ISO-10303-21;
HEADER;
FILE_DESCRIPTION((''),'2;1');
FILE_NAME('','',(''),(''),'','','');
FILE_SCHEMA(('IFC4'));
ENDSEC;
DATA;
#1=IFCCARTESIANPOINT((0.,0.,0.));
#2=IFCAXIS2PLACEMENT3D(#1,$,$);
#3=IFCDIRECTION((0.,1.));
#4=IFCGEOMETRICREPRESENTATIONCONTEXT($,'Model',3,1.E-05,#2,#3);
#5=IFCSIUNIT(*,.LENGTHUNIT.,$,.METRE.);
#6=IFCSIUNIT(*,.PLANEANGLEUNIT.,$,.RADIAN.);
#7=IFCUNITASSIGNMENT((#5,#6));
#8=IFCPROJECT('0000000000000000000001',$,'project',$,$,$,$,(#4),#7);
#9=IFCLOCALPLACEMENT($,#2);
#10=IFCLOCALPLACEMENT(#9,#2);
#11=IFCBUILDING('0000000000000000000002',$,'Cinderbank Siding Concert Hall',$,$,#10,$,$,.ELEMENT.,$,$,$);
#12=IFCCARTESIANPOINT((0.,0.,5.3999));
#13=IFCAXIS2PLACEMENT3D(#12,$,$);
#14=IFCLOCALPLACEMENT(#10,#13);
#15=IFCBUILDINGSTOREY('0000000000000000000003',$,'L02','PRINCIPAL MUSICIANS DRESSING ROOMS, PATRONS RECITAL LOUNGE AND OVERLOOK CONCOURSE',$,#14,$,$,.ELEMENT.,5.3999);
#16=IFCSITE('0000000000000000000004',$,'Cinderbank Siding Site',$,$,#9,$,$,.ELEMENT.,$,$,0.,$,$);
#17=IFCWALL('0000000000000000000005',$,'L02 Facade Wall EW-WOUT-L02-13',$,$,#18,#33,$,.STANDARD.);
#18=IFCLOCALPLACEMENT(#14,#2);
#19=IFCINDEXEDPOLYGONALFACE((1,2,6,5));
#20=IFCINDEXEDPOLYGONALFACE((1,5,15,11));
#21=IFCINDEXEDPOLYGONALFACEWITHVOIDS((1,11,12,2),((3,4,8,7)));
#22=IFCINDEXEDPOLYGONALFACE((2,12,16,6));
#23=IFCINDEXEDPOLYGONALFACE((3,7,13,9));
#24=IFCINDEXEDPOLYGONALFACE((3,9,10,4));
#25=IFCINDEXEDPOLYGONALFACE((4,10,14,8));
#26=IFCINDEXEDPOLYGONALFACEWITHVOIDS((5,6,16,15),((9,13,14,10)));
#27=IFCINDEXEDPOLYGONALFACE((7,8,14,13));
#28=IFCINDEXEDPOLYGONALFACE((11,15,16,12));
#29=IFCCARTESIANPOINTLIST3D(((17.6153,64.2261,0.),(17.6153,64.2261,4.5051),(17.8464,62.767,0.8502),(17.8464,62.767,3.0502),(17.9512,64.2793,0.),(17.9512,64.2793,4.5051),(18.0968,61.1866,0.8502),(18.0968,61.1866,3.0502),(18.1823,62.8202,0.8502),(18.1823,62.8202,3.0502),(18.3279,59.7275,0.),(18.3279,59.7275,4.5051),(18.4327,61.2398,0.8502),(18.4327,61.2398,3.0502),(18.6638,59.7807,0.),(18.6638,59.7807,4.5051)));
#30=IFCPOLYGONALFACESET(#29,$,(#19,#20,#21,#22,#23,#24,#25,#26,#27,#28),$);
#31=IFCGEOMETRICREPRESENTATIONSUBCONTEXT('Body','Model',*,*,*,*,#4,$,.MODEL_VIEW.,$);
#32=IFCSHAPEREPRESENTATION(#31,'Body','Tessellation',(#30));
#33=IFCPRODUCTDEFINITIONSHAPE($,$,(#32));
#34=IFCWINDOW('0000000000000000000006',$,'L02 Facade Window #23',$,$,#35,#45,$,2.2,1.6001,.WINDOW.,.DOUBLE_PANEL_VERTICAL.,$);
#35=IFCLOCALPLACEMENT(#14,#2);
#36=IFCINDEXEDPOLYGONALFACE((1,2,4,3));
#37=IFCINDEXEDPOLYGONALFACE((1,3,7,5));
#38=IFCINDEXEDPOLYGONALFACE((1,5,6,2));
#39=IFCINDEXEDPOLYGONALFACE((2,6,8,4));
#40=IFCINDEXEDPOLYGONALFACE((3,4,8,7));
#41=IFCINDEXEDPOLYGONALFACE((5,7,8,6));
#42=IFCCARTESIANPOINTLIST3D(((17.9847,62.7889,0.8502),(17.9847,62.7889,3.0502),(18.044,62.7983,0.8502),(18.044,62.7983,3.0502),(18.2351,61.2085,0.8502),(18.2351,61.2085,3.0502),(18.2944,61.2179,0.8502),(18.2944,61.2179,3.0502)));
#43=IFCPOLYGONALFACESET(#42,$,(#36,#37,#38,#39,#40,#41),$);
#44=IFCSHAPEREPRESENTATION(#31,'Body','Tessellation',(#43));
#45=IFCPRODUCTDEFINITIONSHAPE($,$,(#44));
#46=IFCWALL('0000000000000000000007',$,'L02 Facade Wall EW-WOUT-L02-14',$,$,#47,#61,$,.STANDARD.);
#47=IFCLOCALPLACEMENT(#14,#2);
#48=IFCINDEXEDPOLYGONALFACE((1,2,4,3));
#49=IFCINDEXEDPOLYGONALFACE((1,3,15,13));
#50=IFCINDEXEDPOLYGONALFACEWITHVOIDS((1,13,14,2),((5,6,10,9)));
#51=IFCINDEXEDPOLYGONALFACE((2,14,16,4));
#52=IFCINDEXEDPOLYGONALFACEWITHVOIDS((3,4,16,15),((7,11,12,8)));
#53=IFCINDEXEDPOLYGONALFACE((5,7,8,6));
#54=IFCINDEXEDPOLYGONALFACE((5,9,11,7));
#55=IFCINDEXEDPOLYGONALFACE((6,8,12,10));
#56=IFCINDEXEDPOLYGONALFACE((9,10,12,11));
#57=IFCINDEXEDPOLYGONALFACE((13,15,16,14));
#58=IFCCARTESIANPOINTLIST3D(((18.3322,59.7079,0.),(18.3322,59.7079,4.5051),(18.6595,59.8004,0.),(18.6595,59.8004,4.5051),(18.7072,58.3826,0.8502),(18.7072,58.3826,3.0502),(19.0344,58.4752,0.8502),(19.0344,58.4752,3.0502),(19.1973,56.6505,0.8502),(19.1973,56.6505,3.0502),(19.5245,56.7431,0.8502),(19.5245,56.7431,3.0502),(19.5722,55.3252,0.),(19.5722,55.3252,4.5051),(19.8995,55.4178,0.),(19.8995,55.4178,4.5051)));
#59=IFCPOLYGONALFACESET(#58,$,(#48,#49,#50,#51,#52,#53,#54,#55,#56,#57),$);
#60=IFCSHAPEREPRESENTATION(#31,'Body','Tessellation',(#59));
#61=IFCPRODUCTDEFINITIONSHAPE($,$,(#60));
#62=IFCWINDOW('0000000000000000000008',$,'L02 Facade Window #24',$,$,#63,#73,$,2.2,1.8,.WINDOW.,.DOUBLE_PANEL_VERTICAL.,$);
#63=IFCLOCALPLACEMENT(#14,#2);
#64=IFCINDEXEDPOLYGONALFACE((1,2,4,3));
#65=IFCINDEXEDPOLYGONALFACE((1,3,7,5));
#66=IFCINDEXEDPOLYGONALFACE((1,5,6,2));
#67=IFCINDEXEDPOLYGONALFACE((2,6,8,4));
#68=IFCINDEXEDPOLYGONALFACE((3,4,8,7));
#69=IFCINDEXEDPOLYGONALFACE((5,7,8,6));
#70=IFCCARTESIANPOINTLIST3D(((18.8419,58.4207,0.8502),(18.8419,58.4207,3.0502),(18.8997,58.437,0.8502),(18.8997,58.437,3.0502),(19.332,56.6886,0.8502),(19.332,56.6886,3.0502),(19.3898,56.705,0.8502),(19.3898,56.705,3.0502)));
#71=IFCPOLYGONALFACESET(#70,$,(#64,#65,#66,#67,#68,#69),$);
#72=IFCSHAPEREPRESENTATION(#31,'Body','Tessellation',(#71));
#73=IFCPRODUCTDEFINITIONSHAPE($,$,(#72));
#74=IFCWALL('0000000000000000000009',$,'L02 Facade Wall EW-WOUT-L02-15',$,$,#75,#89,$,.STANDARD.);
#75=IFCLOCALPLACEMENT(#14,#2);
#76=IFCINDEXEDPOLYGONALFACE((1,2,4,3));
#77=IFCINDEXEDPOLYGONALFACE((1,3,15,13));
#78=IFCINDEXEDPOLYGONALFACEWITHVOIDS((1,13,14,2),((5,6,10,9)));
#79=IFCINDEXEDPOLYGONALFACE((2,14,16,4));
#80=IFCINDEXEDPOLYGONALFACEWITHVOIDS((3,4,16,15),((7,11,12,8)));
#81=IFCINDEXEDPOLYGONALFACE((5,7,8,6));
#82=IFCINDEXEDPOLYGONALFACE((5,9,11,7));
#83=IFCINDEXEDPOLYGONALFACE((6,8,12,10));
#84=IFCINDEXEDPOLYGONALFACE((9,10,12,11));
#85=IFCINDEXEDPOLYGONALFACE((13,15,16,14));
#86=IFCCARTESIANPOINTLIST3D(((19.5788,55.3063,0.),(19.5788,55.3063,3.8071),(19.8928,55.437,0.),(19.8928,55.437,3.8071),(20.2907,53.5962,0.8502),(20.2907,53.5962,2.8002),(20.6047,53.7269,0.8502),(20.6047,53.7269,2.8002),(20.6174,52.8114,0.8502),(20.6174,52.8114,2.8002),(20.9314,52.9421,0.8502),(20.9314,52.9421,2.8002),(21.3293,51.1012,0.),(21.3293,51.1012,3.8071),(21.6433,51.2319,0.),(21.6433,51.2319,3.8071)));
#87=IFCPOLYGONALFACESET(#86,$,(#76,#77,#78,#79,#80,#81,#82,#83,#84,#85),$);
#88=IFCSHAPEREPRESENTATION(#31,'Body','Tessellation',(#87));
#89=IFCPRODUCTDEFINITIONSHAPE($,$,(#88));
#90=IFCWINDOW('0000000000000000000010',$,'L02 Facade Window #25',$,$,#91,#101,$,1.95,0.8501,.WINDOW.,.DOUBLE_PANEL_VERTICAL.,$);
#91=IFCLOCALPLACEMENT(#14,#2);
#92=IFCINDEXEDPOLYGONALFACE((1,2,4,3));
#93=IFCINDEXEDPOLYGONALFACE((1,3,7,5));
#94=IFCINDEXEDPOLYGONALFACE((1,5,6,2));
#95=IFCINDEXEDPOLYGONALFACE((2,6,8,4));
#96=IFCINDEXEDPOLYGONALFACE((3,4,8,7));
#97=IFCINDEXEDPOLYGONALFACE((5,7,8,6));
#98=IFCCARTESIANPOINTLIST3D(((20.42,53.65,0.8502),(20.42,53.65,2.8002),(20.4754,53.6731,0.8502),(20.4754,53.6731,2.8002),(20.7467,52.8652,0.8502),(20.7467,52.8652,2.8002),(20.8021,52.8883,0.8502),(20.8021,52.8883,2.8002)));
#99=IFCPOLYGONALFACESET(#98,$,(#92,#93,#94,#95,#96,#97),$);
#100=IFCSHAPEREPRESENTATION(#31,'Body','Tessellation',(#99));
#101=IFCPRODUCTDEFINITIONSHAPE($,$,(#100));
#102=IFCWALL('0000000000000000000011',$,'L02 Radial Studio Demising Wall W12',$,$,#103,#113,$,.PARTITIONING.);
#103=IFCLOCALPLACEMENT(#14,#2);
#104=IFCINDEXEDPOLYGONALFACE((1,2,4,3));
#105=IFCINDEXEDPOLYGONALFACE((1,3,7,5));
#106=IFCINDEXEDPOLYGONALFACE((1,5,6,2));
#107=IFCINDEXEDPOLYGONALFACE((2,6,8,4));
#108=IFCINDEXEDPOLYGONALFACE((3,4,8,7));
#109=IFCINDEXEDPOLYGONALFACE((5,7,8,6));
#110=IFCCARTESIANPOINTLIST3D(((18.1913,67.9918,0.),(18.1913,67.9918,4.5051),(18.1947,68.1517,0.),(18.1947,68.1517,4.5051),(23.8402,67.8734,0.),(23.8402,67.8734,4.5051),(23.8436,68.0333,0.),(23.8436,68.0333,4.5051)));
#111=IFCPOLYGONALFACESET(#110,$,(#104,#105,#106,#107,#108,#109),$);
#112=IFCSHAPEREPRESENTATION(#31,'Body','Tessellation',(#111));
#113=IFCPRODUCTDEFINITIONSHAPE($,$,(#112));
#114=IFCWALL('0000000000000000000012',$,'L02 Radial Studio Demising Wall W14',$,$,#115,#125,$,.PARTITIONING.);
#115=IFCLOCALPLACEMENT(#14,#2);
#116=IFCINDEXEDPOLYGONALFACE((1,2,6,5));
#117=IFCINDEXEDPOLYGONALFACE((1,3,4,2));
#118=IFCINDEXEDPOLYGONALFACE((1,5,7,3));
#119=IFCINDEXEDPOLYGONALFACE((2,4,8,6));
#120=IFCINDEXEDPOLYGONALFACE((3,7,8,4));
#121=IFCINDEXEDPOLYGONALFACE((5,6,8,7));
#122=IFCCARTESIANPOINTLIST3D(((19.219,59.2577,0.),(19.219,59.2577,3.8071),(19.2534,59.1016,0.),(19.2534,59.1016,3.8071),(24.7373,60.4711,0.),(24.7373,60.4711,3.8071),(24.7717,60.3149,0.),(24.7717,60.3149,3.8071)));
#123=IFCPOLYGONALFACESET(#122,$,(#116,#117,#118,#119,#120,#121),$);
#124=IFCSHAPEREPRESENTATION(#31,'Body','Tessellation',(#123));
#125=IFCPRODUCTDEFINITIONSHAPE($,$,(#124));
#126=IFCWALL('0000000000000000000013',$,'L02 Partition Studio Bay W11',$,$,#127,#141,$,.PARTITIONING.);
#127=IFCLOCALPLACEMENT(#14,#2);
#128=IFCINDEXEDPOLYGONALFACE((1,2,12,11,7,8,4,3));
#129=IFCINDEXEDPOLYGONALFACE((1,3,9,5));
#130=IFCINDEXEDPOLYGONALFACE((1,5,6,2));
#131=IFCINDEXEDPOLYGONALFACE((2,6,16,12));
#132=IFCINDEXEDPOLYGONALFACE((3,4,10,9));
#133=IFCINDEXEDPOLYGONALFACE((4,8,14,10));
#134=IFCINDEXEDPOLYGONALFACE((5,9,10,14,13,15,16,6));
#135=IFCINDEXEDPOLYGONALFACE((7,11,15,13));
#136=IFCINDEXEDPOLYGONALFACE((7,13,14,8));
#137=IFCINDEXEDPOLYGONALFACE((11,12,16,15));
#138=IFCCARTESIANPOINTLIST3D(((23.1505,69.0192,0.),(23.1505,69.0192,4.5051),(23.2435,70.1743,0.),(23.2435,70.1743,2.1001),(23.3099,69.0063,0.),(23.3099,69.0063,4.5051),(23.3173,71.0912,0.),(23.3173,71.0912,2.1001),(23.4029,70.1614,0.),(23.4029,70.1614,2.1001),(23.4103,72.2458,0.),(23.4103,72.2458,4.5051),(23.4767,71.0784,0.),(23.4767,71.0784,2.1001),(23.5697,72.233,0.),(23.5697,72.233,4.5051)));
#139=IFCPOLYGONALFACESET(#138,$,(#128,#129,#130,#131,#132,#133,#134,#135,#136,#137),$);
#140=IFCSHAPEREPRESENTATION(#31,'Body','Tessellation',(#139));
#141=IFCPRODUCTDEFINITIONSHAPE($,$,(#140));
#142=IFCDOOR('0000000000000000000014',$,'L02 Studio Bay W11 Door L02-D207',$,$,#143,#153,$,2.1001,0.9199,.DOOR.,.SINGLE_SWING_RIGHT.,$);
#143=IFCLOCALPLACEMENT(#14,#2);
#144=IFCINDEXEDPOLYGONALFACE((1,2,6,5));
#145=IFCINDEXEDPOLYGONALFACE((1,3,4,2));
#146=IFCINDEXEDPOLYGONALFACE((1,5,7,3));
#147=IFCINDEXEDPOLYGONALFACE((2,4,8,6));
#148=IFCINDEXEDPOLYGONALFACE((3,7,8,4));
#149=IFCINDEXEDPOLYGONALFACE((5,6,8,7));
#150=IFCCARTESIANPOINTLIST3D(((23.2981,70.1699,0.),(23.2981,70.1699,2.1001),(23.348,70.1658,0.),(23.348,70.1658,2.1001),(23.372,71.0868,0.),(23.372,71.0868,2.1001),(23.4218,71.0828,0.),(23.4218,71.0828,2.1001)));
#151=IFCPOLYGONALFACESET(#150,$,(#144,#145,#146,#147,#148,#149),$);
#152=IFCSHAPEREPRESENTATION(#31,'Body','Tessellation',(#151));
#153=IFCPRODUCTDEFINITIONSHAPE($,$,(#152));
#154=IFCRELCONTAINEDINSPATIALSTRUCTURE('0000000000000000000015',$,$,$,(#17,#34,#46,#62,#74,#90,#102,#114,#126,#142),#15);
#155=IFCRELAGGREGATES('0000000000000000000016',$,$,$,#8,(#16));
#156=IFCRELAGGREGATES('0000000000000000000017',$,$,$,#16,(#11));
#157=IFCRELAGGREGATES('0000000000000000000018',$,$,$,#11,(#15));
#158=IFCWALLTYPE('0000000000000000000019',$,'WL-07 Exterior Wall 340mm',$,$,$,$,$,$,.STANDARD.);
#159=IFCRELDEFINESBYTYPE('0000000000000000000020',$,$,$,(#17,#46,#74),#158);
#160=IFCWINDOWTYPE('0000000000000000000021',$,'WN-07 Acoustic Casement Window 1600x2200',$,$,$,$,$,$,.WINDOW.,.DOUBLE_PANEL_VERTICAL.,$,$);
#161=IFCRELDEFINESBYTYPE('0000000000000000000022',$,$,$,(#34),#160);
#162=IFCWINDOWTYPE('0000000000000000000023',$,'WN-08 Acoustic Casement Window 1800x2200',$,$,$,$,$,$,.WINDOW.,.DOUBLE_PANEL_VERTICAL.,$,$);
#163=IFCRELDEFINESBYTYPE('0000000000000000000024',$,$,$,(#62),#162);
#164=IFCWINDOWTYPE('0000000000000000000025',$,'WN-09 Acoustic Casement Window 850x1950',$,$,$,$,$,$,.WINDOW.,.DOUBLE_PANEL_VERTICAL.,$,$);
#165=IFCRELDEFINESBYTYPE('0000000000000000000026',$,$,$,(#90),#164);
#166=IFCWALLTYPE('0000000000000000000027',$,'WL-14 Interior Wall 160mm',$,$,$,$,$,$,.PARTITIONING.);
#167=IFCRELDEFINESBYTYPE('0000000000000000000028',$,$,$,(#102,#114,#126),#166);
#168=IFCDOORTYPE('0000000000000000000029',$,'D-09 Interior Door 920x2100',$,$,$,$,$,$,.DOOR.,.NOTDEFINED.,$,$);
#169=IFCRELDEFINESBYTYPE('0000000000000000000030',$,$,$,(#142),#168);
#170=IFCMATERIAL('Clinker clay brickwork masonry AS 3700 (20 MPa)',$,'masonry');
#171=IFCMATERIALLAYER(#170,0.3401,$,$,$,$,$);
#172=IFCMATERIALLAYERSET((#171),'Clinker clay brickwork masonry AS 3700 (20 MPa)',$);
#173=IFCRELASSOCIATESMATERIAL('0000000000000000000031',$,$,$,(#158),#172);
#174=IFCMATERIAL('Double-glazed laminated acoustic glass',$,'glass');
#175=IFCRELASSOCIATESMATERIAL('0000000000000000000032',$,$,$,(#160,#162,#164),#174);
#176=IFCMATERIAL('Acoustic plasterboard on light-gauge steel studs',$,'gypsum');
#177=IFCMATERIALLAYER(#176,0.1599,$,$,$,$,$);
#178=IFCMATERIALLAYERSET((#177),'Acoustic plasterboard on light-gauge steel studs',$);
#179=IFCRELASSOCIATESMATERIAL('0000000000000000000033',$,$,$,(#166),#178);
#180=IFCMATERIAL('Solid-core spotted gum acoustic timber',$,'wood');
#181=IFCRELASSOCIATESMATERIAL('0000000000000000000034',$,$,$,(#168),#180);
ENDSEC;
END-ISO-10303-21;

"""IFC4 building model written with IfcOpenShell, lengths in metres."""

from ifc_helpers import new_model, si_unit, direction, frame, frame_2d, origin, place, context, subcontext, project, spatial, rectangle, extrude, material, layer, layer_set, type_object, element, fill, save


model = new_model("IFC4")

# Units and contexts
model_context = context("Model", 3, precision=1e-05, world=origin(), true_north=direction((0.0, 1.0)))
body_context = subcontext(model_context, "Body", "Model", "MODEL_VIEW")
ifc_project = project(units=[si_unit("LENGTHUNIT", "METRE"), si_unit("PLANEANGLEUNIT", "RADIAN")], contexts=[model_context])

# Site, building, storey
site_placement = place(None, origin())
site = spatial("IfcSite", under=ifc_project, at=site_placement, Name="Cinderbank Siding Site", CompositionType="ELEMENT", RefElevation=0.0)
building_placement = place(site_placement, origin())
building = spatial("IfcBuilding", under=site, at=building_placement, Name="Cinderbank Siding Concert Hall", CompositionType="ELEMENT")
storey_placement = place(building_placement, frame((0.0, 0.0, 5.3999)))
storey = spatial("IfcBuildingStorey", under=building, at=storey_placement, Name="L02", Description="PRINCIPAL MUSICIANS DRESSING ROOMS, PATRONS RECITAL LOUNGE AND OVERLOOK CONCOURSE", CompositionType="ELEMENT", Elevation=5.3999)

# Walls, openings, windows
ifc_material_1 = material(Name="Clinker clay brickwork masonry AS 3700 (20 MPa)", Category="masonry")
ifc_layer_1 = layer(ifc_material_1, 0.3401)
ifc_layer_set_1 = layer_set([ifc_layer_1], Name="Clinker clay brickwork masonry AS 3700 (20 MPa)")
wall_type_1 = type_object("IfcWallType", Name="WL-07 Exterior Wall 340mm", PredefinedType="STANDARD", material=ifc_layer_set_1)
ifc_material_2 = material(Name="Double-glazed laminated acoustic glass", Category="glass")
wall_1_placement = place(storey_placement, frame((17.7832, 64.2527, 0.0), z_axis=(0.0, 0.0, 1.0), x_axis=(0.156466, -0.987683, 0.0)))
wall_1 = element("IfcWall", 1, at=wall_1_placement, inside=storey, type_object=wall_type_1, Name="L02 Facade Wall EW-WOUT-L02-13", PredefinedType="STANDARD", context=body_context, shape_type="SweptSolid", body=[
    extrude(rectangle(XDim=4.5547, YDim=0.3401, at=frame_2d((2.2773, 0.0))), origin(), (0.0, 0.0, 1.0), 4.5051),
])
opening_1_placement = place(wall_1_placement, frame((1.4773, 0.0, 0.8501)))
opening_1 = element("IfcOpeningElement", 2, at=opening_1_placement, cuts=wall_1, PredefinedType="OPENING", context=body_context, shape_type="SweptSolid", body=[
    extrude(rectangle(XDim=1.6001, YDim=2.2, at=frame_2d((0.8, 1.1001))), frame((0.0, 0.1821, 0.0), z_axis=(0.0, -1.0, 0.0), x_axis=(1.0, 0.0, 0.0)), (0.0, 0.0, 1.0), 0.364),
])
window_type_1 = type_object("IfcWindowType", Name="WN-07 Acoustic Casement Window 1600x2200", PartitioningType="DOUBLE_PANEL_VERTICAL", PredefinedType="WINDOW", material=ifc_material_2)
window_1_placement = place(opening_1_placement, origin())
window_1 = element("IfcWindow", 3, at=window_1_placement, inside=storey, type_object=window_type_1, Name="L02 Facade Window #23", OverallHeight=2.2, OverallWidth=1.6001, PartitioningType="DOUBLE_PANEL_VERTICAL", PredefinedType="WINDOW", context=body_context, shape_type="SweptSolid", body=[
    extrude(rectangle(XDim=1.6001, YDim=2.2, at=frame_2d((0.8, 1.1001))), frame((0.0, 0.03, 0.0), z_axis=(0.0, -1.0, 0.0), x_axis=(1.0, 0.0, 0.0)), (0.0, 0.0, 1.0), 0.0601),
])
fill(opening_1, window_1)
wall_2_placement = place(storey_placement, frame((18.4958, 59.7542, 0.0), z_axis=(0.0, 0.0, 1.0), x_axis=(0.272249, -0.962227, 0.0)))
wall_2 = element("IfcWall", 4, at=wall_2_placement, inside=storey, type_object=wall_type_1, Name="L02 Facade Wall EW-WOUT-L02-14", PredefinedType="STANDARD", context=body_context, shape_type="SweptSolid", body=[
    extrude(rectangle(XDim=4.5547, YDim=0.3401, at=frame_2d((2.2773, 0.0))), origin(), (0.0, 0.0, 1.0), 4.5051),
])
opening_2_placement = place(wall_2_placement, frame((1.3774, 0.0, 0.8501)))
opening_2 = element("IfcOpeningElement", 5, at=opening_2_placement, cuts=wall_2, PredefinedType="OPENING", context=body_context, shape_type="SweptSolid", body=[
    extrude(rectangle(XDim=1.8, YDim=2.2, at=frame_2d((0.8999, 1.1001))), frame((0.0, 0.1821, 0.0), z_axis=(0.0, -1.0, 0.0), x_axis=(1.0, 0.0, 0.0)), (0.0, 0.0, 1.0), 0.364),
])
window_type_2 = type_object("IfcWindowType", Name="WN-08 Acoustic Casement Window 1800x2200", PartitioningType="DOUBLE_PANEL_VERTICAL", PredefinedType="WINDOW", material=ifc_material_2)
window_2_placement = place(opening_2_placement, origin())
window_2 = element("IfcWindow", 6, at=window_2_placement, inside=storey, type_object=window_type_2, Name="L02 Facade Window #24", OverallHeight=2.2, OverallWidth=1.8, PartitioningType="DOUBLE_PANEL_VERTICAL", PredefinedType="WINDOW", context=body_context, shape_type="SweptSolid", body=[
    extrude(rectangle(XDim=1.8, YDim=2.2, at=frame_2d((0.8999, 1.1001))), frame((0.0, 0.03, 0.0), z_axis=(0.0, -1.0, 0.0), x_axis=(1.0, 0.0, 0.0)), (0.0, 0.0, 1.0), 0.0601),
])
fill(opening_2, window_2)
wall_3_placement = place(storey_placement, frame((19.7358, 55.3716, 0.0), z_axis=(0.0, 0.0, 1.0), x_axis=(0.384311, -0.923204, 0.0)))
wall_3 = element("IfcWall", 7, at=wall_3_placement, inside=storey, type_object=wall_type_1, Name="L02 Facade Wall EW-WOUT-L02-15", PredefinedType="STANDARD", context=body_context, shape_type="SweptSolid", body=[
    extrude(rectangle(XDim=4.5549, YDim=0.3401, at=frame_2d((2.2773, 0.0))), origin(), (0.0, 0.0, 1.0), 3.8071),
])
opening_3_placement = place(wall_3_placement, frame((1.8523, 0.0, 0.8501)))
opening_3 = element("IfcOpeningElement", 8, at=opening_3_placement, cuts=wall_3, PredefinedType="OPENING", context=body_context, shape_type="SweptSolid", body=[
    extrude(rectangle(XDim=0.8501, YDim=1.95, at=frame_2d((0.425, 0.9751))), frame((0.0, 0.1821, 0.0), z_axis=(0.0, -1.0, 0.0), x_axis=(1.0, 0.0, 0.0)), (0.0, 0.0, 1.0), 0.364),
])
window_type_3 = type_object("IfcWindowType", Name="WN-09 Acoustic Casement Window 850x1950", PartitioningType="DOUBLE_PANEL_VERTICAL", PredefinedType="WINDOW", material=ifc_material_2)
window_3_placement = place(opening_3_placement, origin())
window_3 = element("IfcWindow", 9, at=window_3_placement, inside=storey, type_object=window_type_3, Name="L02 Facade Window #25", OverallHeight=1.95, OverallWidth=0.8501, PartitioningType="DOUBLE_PANEL_VERTICAL", PredefinedType="WINDOW", context=body_context, shape_type="SweptSolid", body=[
    extrude(rectangle(XDim=0.8501, YDim=1.95, at=frame_2d((0.425, 0.9751))), frame((0.0, 0.03, 0.0), z_axis=(0.0, -1.0, 0.0), x_axis=(1.0, 0.0, 0.0)), (0.0, 0.0, 1.0), 0.0601),
])
fill(opening_3, window_3)

# Walls
ifc_material_3 = material(Name="Acoustic plasterboard on light-gauge steel studs", Category="gypsum")
ifc_layer_2 = layer(ifc_material_3, 0.1599)
ifc_layer_set_2 = layer_set([ifc_layer_2], Name="Acoustic plasterboard on light-gauge steel studs")
wall_type_2 = type_object("IfcWallType", Name="WL-14 Interior Wall 160mm", PredefinedType="PARTITIONING", material=ifc_layer_set_2)
wall_4_placement = place(storey_placement, frame((23.842, 67.9534, 0.0), z_axis=(0.0, 0.0, 1.0), x_axis=(-0.99978, 0.020957, 0.0)))
element("IfcWall", 10, at=wall_4_placement, inside=storey, type_object=wall_type_2, Name="L02 Radial Studio Demising Wall W12", PredefinedType="PARTITIONING", context=body_context, shape_type="SweptSolid", body=[
    extrude(rectangle(XDim=5.6501, YDim=0.1599, at=frame_2d((2.8252, 0.0))), origin(), (0.0, 0.0, 1.0), 4.5051),
])
wall_5_placement = place(storey_placement, frame((24.7546, 60.3931, 0.0), z_axis=(0.0, 0.0, 1.0), x_axis=(-0.976669, -0.214752, 0.0)))
element("IfcWall", 11, at=wall_5_placement, inside=storey, type_object=wall_type_2, Name="L02 Radial Studio Demising Wall W14", PredefinedType="PARTITIONING", context=body_context, shape_type="SweptSolid", body=[
    extrude(rectangle(XDim=5.6501, YDim=0.1599, at=frame_2d((2.8252, 0.0))), origin(), (0.0, 0.0, 1.0), 3.8071),
])

# Wall, opening, door
wall_6_placement = place(storey_placement, frame((23.49, 72.2395, 0.0), z_axis=(0.0, 0.0, 1.0), x_axis=(-0.080249, -0.996775, 0.0)))
wall_6 = element("IfcWall", 12, at=wall_6_placement, inside=storey, type_object=wall_type_2, Name="L02 Partition Studio Bay W11", PredefinedType="PARTITIONING", context=body_context, shape_type="SweptSolid", body=[
    extrude(rectangle(XDim=3.2371, YDim=0.1599, at=frame_2d((1.6187, 0.0))), origin(), (0.0, 0.0, 1.0), 4.5051),
])
opening_4_placement = place(wall_6_placement, frame((1.1584, 0.0, 0.0)))
opening_4 = element("IfcOpeningElement", 13, at=opening_4_placement, cuts=wall_6, PredefinedType="OPENING", context=body_context, shape_type="SweptSolid", body=[
    extrude(rectangle(XDim=0.9199, YDim=2.1001, at=frame_2d((0.46, 1.05))), frame((0.0, 0.0918, 0.0), z_axis=(0.0, -1.0, 0.0), x_axis=(1.0, 0.0, 0.0)), (0.0, 0.0, 1.0), 0.1838),
])
ifc_material_4 = material(Name="Solid-core spotted gum acoustic timber", Category="wood")
door_type_1 = type_object("IfcDoorType", Name="D-09 Interior Door 920x2100", OperationType="NOTDEFINED", PredefinedType="DOOR", material=ifc_material_4)
door_1_placement = place(opening_4_placement, origin())
door_1 = element("IfcDoor", 14, at=door_1_placement, inside=storey, type_object=door_type_1, Name="L02 Studio Bay W11 Door L02-D207", OperationType="SINGLE_SWING_RIGHT", OverallHeight=2.1001, OverallWidth=0.9199, PredefinedType="DOOR", context=body_context, shape_type="SweptSolid", body=[
    extrude(rectangle(XDim=0.9199, YDim=2.1001, at=frame_2d((0.46, 1.05))), frame((0.0, 0.0249, 0.0), z_axis=(0.0, -1.0, 0.0), x_axis=(1.0, 0.0, 0.0)), (0.0, 0.0, 1.0), 0.05),
])
fill(opening_4, door_1)

save(model, "model.ifc")
